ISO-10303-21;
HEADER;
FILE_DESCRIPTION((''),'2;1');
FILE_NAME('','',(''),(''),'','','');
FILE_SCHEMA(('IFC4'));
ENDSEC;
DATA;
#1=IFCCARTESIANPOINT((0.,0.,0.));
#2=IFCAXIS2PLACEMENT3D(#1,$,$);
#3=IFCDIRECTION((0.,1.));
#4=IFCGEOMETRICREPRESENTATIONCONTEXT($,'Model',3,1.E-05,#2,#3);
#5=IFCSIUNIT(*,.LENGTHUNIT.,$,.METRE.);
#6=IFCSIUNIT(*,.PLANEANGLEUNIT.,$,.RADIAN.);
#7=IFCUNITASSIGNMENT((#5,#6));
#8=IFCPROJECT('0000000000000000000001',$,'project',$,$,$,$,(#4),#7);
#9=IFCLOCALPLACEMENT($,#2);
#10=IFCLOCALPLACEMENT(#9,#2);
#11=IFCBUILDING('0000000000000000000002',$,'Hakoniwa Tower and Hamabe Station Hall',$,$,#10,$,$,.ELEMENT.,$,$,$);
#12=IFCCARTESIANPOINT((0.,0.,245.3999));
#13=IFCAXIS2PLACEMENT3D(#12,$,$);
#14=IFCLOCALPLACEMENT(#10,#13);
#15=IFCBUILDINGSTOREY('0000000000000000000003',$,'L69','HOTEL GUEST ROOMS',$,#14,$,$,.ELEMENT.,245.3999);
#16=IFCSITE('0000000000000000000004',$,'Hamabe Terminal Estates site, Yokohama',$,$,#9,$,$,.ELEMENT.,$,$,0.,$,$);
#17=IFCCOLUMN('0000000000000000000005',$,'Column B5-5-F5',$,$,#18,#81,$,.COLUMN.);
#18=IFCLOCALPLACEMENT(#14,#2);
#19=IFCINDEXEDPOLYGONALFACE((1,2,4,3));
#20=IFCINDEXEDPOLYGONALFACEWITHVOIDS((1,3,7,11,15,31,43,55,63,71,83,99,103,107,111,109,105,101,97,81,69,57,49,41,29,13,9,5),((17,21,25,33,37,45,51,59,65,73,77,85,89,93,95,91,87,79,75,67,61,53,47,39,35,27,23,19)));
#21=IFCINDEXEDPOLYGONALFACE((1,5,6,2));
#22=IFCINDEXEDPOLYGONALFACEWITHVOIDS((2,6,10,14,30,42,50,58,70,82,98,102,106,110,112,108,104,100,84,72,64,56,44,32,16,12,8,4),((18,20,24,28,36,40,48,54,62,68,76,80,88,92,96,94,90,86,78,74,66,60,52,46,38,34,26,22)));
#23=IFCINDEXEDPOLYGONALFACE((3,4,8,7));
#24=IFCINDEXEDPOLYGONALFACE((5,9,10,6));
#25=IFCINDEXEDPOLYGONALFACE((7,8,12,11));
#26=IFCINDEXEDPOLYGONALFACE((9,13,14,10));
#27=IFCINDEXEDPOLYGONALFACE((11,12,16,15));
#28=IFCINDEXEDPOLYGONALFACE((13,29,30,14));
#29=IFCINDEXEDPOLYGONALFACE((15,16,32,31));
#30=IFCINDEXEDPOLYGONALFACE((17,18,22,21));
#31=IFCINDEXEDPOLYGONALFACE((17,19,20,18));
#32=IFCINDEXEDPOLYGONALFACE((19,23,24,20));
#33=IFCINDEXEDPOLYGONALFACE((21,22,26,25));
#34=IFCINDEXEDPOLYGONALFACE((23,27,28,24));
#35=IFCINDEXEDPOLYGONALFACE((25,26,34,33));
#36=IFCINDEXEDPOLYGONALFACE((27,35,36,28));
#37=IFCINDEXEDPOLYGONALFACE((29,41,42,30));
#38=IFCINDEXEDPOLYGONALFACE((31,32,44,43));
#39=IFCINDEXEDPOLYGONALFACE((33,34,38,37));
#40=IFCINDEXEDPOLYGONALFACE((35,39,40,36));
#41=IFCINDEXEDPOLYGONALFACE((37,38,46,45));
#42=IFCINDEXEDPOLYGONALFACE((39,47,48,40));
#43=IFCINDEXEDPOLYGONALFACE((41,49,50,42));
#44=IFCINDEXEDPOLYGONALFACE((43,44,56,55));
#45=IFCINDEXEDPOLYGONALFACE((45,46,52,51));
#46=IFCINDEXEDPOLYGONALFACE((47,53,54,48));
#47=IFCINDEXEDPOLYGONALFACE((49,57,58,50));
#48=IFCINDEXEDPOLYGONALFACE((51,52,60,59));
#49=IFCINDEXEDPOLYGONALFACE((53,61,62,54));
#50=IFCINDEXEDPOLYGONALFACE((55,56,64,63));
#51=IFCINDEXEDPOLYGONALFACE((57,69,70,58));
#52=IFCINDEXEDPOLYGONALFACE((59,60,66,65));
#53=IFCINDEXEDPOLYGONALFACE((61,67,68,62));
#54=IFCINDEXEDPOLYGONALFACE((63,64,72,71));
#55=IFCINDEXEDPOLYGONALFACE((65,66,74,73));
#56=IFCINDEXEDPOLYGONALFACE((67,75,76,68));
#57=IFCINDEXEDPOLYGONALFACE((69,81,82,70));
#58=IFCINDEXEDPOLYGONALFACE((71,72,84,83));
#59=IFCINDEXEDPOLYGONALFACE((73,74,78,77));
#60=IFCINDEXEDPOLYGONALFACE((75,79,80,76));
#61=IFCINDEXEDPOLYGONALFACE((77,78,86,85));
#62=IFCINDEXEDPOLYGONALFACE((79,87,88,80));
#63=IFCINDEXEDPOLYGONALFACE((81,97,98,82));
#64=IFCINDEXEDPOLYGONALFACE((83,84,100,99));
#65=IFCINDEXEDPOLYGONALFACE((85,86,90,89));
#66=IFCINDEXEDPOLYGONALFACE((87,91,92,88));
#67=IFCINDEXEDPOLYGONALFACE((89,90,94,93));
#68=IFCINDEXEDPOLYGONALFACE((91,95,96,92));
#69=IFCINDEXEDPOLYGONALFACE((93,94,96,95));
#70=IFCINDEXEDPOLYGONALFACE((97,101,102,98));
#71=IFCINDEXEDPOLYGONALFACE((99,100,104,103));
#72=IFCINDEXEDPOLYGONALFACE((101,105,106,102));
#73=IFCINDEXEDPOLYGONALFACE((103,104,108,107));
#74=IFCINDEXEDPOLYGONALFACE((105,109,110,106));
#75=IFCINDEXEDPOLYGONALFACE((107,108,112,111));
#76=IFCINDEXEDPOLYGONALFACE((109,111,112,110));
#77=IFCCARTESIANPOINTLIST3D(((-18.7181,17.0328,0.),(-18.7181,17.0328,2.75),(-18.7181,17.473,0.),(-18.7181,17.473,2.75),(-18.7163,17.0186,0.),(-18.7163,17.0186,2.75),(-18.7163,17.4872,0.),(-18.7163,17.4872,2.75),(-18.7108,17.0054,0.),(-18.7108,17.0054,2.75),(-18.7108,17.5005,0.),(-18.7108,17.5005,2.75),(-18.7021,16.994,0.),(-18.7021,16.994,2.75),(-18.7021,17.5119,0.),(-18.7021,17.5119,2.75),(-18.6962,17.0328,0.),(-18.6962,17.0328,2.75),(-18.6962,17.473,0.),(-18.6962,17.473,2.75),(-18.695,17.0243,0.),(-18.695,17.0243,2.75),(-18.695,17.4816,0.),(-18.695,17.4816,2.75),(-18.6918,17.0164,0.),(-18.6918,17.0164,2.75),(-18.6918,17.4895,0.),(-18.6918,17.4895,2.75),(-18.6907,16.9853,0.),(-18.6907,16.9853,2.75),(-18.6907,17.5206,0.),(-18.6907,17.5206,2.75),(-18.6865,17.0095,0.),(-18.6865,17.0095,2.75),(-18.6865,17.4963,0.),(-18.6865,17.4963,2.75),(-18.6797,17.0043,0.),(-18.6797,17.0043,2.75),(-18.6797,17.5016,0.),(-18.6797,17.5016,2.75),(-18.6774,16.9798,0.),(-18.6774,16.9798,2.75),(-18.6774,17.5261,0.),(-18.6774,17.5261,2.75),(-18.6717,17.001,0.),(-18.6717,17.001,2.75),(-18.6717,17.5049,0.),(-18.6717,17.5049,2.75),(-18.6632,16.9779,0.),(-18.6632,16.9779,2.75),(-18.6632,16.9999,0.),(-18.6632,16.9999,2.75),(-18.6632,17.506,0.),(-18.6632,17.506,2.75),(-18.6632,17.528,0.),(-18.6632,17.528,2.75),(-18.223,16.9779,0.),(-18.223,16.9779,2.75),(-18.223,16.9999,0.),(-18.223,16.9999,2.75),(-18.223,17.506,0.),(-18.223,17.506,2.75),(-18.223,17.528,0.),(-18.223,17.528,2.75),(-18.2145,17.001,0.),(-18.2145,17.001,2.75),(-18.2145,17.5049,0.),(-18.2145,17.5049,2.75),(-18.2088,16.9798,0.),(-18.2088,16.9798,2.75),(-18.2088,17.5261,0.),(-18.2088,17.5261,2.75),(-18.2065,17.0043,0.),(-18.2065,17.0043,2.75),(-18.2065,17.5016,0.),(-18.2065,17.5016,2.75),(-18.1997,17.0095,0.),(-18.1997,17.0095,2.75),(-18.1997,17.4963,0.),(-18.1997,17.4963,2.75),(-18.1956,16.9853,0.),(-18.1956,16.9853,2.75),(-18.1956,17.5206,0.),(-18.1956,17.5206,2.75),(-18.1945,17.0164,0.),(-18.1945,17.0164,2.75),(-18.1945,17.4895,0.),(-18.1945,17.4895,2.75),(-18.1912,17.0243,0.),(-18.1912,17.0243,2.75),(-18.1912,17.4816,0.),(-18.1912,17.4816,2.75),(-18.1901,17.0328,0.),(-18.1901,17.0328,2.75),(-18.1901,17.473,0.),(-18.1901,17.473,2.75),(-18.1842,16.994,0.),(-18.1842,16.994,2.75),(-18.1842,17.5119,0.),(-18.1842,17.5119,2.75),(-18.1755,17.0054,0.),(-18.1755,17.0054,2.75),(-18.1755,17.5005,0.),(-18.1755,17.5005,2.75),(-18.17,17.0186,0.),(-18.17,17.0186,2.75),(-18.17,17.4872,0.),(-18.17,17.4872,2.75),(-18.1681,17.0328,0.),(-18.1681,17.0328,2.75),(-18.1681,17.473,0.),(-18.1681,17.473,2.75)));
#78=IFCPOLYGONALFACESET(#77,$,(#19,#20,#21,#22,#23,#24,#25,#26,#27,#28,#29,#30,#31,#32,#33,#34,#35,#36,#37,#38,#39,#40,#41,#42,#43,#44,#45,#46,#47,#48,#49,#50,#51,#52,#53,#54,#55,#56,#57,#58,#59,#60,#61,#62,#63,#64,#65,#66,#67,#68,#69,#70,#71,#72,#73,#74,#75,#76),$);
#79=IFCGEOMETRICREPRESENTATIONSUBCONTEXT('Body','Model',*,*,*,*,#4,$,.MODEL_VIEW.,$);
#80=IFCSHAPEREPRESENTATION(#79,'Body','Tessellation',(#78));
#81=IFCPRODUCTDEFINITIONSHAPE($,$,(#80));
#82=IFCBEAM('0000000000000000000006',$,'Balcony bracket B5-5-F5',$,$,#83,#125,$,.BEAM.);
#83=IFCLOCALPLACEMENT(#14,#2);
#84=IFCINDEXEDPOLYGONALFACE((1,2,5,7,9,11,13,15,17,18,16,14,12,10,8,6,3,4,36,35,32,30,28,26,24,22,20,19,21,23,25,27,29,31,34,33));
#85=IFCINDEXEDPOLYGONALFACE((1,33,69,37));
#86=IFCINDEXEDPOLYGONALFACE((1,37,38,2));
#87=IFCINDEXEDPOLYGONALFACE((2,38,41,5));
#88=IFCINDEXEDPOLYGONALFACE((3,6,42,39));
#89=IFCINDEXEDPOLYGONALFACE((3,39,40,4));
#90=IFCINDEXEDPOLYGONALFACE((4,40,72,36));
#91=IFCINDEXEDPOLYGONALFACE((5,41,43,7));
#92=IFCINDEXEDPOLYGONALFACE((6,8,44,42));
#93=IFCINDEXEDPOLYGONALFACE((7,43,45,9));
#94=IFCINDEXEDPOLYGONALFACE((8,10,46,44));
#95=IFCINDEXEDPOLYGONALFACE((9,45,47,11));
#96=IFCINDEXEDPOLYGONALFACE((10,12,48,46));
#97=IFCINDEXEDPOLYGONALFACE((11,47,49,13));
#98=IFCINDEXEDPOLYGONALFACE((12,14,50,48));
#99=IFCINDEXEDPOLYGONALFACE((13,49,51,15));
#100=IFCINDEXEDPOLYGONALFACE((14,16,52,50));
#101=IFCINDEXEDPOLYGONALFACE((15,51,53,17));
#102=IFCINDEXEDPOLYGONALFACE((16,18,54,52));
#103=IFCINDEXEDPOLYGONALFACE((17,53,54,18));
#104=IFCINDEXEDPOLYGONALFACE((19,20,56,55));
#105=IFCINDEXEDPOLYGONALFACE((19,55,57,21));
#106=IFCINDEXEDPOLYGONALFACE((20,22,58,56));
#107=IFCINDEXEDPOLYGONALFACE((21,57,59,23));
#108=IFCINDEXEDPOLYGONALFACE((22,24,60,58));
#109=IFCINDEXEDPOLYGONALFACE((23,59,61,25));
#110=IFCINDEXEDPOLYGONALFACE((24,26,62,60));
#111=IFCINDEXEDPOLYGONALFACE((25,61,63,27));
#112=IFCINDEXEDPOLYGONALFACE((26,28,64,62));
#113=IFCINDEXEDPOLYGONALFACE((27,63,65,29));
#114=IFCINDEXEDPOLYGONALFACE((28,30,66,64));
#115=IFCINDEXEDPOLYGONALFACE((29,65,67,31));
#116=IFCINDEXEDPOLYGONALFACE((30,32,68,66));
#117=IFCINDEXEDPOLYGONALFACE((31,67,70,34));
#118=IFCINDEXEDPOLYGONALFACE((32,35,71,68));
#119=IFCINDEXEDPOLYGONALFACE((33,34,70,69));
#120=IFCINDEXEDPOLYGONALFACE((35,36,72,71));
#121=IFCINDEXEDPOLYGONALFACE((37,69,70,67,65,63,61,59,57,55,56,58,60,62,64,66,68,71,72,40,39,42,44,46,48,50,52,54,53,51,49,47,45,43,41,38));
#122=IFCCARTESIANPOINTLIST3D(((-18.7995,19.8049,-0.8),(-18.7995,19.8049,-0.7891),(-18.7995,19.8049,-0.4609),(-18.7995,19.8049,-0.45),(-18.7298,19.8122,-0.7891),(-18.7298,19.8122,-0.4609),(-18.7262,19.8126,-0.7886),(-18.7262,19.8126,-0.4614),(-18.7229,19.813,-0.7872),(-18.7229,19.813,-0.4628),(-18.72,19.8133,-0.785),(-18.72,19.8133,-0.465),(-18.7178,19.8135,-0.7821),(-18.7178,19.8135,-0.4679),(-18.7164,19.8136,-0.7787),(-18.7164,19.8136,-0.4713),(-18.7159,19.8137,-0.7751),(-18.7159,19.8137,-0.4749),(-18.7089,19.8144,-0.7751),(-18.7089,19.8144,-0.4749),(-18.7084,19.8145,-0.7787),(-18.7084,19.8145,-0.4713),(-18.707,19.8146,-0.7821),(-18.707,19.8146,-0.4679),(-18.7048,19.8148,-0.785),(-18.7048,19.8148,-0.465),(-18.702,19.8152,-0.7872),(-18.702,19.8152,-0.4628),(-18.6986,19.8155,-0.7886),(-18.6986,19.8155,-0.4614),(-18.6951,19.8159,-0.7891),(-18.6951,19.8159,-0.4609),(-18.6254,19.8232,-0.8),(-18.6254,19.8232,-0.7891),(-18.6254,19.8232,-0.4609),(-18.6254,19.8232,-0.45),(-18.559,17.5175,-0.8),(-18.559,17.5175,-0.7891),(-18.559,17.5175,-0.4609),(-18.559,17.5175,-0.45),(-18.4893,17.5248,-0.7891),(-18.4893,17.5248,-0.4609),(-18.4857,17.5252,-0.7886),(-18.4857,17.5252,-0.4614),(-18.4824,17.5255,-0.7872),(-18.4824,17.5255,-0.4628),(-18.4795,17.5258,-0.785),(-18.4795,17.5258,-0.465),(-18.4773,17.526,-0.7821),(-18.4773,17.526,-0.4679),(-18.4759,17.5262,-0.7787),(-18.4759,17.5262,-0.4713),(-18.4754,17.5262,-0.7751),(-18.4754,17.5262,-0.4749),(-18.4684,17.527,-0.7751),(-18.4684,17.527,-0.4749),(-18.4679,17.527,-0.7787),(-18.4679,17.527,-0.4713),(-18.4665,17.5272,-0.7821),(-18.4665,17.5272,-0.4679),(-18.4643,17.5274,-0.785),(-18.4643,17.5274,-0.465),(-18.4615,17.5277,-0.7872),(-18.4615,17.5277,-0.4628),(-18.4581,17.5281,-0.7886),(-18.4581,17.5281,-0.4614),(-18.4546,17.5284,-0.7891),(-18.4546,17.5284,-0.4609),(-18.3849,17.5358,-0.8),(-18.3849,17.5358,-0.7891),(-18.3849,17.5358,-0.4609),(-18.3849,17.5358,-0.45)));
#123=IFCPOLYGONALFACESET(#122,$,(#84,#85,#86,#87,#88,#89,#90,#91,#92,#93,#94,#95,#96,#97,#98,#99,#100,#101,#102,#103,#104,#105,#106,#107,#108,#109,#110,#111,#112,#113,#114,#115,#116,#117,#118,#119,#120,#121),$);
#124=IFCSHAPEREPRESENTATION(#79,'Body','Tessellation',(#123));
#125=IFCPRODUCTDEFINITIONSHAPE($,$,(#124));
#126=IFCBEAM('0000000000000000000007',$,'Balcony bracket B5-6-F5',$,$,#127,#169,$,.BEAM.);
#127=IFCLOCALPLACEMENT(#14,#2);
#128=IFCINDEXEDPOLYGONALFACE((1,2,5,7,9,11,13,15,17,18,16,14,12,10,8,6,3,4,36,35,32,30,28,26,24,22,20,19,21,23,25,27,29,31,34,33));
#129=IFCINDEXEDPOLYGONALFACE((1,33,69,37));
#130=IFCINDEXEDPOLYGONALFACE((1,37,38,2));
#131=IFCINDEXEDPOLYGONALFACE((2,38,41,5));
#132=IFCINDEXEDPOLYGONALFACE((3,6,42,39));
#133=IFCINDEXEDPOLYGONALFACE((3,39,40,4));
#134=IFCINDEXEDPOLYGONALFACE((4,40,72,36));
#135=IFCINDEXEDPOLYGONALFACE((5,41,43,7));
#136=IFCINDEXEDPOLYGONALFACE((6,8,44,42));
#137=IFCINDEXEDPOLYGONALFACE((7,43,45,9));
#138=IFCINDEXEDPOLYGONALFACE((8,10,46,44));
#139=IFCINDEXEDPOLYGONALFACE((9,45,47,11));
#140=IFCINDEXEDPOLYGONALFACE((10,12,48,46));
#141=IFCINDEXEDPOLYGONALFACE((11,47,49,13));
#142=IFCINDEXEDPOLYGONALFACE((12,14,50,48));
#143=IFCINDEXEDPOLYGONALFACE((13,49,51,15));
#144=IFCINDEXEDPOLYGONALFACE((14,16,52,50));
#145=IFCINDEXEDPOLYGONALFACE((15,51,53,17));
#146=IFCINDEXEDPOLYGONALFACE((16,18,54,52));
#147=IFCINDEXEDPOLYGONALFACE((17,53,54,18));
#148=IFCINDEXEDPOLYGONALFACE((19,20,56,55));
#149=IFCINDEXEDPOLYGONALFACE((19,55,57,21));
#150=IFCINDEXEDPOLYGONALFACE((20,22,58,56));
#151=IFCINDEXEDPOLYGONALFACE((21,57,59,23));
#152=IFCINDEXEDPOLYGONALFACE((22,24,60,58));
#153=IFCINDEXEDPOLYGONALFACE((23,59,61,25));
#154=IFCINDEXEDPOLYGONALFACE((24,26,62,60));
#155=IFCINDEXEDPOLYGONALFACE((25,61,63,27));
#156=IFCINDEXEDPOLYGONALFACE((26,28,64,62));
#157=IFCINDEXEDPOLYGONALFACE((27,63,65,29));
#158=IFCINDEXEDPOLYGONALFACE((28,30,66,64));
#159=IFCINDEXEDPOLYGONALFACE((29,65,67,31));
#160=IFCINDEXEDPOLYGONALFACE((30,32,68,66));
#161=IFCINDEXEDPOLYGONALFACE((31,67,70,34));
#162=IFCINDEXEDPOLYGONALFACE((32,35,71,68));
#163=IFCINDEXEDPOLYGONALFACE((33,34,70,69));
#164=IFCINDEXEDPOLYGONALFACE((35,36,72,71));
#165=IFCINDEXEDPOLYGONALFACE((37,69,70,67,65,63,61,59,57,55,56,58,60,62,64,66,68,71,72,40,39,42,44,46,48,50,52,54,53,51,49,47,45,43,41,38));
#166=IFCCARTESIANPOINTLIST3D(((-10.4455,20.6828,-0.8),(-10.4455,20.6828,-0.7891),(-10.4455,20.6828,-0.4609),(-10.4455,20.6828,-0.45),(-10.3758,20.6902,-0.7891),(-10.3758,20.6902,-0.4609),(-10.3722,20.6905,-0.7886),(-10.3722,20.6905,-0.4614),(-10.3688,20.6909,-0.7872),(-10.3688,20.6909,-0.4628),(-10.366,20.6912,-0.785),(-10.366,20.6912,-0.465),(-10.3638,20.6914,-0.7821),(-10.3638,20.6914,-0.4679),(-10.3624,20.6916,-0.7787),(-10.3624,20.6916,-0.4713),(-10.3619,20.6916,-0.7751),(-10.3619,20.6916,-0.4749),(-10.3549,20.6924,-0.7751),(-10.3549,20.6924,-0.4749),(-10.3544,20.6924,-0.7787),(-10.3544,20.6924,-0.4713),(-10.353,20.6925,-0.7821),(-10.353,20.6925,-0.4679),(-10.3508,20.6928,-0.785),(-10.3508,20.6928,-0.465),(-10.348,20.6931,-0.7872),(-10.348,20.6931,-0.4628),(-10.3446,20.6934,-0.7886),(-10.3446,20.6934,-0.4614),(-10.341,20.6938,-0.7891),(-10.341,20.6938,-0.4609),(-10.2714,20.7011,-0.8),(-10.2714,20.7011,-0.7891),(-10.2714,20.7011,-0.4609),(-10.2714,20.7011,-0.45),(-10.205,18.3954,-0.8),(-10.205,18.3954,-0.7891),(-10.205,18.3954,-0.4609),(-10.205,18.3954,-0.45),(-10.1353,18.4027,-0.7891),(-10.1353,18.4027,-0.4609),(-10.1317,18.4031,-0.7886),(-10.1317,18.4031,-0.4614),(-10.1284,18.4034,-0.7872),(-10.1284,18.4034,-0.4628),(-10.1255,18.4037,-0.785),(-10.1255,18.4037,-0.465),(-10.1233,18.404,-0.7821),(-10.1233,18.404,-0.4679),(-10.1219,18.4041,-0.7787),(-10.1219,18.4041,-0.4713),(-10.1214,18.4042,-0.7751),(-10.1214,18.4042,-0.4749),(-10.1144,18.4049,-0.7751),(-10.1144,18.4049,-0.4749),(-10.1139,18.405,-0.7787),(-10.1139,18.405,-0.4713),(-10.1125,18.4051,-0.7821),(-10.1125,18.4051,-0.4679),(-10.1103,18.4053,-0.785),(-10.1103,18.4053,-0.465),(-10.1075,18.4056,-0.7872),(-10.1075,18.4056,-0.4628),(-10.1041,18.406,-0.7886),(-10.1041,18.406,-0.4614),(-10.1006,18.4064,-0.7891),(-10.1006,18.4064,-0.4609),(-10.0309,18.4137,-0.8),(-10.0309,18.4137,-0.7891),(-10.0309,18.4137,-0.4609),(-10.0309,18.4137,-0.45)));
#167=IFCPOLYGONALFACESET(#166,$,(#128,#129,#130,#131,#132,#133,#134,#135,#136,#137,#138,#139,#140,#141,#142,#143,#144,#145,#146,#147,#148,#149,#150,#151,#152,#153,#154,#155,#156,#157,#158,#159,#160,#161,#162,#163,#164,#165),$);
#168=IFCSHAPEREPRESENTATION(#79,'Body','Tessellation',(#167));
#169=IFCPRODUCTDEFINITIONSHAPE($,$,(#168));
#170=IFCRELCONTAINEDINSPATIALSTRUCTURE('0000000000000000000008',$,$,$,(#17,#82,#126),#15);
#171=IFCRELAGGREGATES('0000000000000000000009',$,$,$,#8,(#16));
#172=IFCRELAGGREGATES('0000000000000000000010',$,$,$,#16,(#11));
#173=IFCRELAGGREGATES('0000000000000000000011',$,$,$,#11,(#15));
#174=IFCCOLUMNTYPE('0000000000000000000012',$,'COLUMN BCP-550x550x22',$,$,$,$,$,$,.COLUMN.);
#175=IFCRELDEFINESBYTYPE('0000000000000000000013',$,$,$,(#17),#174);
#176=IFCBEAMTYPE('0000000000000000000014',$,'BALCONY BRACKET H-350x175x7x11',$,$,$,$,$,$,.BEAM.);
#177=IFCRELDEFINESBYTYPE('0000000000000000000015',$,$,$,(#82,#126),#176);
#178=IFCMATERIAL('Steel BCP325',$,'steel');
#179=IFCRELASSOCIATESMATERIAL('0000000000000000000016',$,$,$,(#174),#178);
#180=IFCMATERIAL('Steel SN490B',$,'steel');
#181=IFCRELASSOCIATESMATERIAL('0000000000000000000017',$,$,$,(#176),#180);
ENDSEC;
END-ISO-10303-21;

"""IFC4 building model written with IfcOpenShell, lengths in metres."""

from ifc_helpers import new_model, si_unit, direction, frame, origin, origin_2d, place, context, subcontext, project, spatial, hollow_rectangle, i_section, extrude, material, material_profile, profile_set, type_object, element, save


model = new_model("IFC4")

# Units and contexts
model_context = context("Model", 3, precision=1e-05, world=origin(), true_north=direction((0.0, 1.0)))
body_context = subcontext(model_context, "Body", "Model", "MODEL_VIEW")
ifc_project = project(units=[si_unit("LENGTHUNIT", "METRE"), si_unit("PLANEANGLEUNIT", "RADIAN")], contexts=[model_context])

# Site, building, storey
site_placement = place(None, origin())
site = spatial("IfcSite", under=ifc_project, at=site_placement, Name="Hamabe Terminal Estates site, Yokohama", CompositionType="ELEMENT", RefElevation=0.0)
building_placement = place(site_placement, origin())
building = spatial("IfcBuilding", under=site, at=building_placement, Name="Hakoniwa Tower and Hamabe Station Hall", CompositionType="ELEMENT")
storey_placement = place(building_placement, frame((0.0, 0.0, 245.3999)))
storey = spatial("IfcBuildingStorey", under=building, at=storey_placement, Name="L69", Description="HOTEL GUEST ROOMS", CompositionType="ELEMENT", Elevation=245.3999)

# Column
ifc_material_1 = material(Name="Steel BCP325", Category="steel")
ifc_material_profile_1 = material_profile(ifc_material_1, hollow_rectangle(XDim=0.55, YDim=0.55, WallThickness=0.022, InnerFilletRadius=0.033, OuterFilletRadius=0.0549, at=origin_2d()), Name="BCP-550x550x22")
ifc_profile_set_1 = profile_set([ifc_material_profile_1], Name="Steel BCP325")
column_type = type_object("IfcColumnType", Name="COLUMN BCP-550x550x22", PredefinedType="COLUMN", material=ifc_profile_set_1)
column_placement = place(storey_placement, frame((-18.4431, 17.2529, 0.0), z_axis=(0.0, 0.0, 1.0), x_axis=(1.0, 0.0, 0.0)))
element("IfcColumn", 1, at=column_placement, inside=storey, type_object=column_type, Name="Column B5-5-F5", PredefinedType="COLUMN", context=body_context, shape_type="SweptSolid", body=[
    extrude(hollow_rectangle(XDim=0.55, YDim=0.55, WallThickness=0.022, InnerFilletRadius=0.033, OuterFilletRadius=0.0549, at=origin_2d()), origin(), (0.0, 0.0, 1.0), 2.75),
])

# Beams
ifc_material_2 = material(Name="Steel SN490B", Category="steel")
ifc_material_profile_2 = material_profile(ifc_material_2, i_section(OverallWidth=0.175, OverallDepth=0.3501, WebThickness=0.0071, FlangeThickness=0.011, FilletRadius=0.0139, at=origin_2d()), Name="H-350x175x7x11")
ifc_profile_set_2 = profile_set([ifc_material_profile_2], Name="Steel SN490B")
beam_type_1 = type_object("IfcBeamType", Name="BALCONY BRACKET H-350x175x7x11", PredefinedType="BEAM", material=ifc_profile_set_2)
for number, where, z_axis, x_axis, name in (
    (2, (-18.4719, 17.5266, -0.625), (-0.104558, 0.994519, 0.0), (-0.994519, -0.104558, 0.0), "Balcony bracket B5-5-F5"),
    (3, (-10.1179, 18.4045, -0.625), (-0.104558, 0.994519, 0.0), (-0.994519, -0.104558, 0.0), "Balcony bracket B5-6-F5"),
):
    element("IfcBeam", number, at=place(storey_placement, frame(where, z_axis=z_axis, x_axis=x_axis)), inside=storey, type_object=beam_type_1, Name=name, PredefinedType="BEAM", context=body_context, shape_type="SweptSolid", body=[
        extrude(i_section(OverallWidth=0.175, OverallDepth=0.3501, WebThickness=0.0071, FlangeThickness=0.011, FilletRadius=0.0139, at=origin_2d()), origin(), (0.0, 0.0, 1.0), 2.3),
    ])

save(model, "model.ifc")
